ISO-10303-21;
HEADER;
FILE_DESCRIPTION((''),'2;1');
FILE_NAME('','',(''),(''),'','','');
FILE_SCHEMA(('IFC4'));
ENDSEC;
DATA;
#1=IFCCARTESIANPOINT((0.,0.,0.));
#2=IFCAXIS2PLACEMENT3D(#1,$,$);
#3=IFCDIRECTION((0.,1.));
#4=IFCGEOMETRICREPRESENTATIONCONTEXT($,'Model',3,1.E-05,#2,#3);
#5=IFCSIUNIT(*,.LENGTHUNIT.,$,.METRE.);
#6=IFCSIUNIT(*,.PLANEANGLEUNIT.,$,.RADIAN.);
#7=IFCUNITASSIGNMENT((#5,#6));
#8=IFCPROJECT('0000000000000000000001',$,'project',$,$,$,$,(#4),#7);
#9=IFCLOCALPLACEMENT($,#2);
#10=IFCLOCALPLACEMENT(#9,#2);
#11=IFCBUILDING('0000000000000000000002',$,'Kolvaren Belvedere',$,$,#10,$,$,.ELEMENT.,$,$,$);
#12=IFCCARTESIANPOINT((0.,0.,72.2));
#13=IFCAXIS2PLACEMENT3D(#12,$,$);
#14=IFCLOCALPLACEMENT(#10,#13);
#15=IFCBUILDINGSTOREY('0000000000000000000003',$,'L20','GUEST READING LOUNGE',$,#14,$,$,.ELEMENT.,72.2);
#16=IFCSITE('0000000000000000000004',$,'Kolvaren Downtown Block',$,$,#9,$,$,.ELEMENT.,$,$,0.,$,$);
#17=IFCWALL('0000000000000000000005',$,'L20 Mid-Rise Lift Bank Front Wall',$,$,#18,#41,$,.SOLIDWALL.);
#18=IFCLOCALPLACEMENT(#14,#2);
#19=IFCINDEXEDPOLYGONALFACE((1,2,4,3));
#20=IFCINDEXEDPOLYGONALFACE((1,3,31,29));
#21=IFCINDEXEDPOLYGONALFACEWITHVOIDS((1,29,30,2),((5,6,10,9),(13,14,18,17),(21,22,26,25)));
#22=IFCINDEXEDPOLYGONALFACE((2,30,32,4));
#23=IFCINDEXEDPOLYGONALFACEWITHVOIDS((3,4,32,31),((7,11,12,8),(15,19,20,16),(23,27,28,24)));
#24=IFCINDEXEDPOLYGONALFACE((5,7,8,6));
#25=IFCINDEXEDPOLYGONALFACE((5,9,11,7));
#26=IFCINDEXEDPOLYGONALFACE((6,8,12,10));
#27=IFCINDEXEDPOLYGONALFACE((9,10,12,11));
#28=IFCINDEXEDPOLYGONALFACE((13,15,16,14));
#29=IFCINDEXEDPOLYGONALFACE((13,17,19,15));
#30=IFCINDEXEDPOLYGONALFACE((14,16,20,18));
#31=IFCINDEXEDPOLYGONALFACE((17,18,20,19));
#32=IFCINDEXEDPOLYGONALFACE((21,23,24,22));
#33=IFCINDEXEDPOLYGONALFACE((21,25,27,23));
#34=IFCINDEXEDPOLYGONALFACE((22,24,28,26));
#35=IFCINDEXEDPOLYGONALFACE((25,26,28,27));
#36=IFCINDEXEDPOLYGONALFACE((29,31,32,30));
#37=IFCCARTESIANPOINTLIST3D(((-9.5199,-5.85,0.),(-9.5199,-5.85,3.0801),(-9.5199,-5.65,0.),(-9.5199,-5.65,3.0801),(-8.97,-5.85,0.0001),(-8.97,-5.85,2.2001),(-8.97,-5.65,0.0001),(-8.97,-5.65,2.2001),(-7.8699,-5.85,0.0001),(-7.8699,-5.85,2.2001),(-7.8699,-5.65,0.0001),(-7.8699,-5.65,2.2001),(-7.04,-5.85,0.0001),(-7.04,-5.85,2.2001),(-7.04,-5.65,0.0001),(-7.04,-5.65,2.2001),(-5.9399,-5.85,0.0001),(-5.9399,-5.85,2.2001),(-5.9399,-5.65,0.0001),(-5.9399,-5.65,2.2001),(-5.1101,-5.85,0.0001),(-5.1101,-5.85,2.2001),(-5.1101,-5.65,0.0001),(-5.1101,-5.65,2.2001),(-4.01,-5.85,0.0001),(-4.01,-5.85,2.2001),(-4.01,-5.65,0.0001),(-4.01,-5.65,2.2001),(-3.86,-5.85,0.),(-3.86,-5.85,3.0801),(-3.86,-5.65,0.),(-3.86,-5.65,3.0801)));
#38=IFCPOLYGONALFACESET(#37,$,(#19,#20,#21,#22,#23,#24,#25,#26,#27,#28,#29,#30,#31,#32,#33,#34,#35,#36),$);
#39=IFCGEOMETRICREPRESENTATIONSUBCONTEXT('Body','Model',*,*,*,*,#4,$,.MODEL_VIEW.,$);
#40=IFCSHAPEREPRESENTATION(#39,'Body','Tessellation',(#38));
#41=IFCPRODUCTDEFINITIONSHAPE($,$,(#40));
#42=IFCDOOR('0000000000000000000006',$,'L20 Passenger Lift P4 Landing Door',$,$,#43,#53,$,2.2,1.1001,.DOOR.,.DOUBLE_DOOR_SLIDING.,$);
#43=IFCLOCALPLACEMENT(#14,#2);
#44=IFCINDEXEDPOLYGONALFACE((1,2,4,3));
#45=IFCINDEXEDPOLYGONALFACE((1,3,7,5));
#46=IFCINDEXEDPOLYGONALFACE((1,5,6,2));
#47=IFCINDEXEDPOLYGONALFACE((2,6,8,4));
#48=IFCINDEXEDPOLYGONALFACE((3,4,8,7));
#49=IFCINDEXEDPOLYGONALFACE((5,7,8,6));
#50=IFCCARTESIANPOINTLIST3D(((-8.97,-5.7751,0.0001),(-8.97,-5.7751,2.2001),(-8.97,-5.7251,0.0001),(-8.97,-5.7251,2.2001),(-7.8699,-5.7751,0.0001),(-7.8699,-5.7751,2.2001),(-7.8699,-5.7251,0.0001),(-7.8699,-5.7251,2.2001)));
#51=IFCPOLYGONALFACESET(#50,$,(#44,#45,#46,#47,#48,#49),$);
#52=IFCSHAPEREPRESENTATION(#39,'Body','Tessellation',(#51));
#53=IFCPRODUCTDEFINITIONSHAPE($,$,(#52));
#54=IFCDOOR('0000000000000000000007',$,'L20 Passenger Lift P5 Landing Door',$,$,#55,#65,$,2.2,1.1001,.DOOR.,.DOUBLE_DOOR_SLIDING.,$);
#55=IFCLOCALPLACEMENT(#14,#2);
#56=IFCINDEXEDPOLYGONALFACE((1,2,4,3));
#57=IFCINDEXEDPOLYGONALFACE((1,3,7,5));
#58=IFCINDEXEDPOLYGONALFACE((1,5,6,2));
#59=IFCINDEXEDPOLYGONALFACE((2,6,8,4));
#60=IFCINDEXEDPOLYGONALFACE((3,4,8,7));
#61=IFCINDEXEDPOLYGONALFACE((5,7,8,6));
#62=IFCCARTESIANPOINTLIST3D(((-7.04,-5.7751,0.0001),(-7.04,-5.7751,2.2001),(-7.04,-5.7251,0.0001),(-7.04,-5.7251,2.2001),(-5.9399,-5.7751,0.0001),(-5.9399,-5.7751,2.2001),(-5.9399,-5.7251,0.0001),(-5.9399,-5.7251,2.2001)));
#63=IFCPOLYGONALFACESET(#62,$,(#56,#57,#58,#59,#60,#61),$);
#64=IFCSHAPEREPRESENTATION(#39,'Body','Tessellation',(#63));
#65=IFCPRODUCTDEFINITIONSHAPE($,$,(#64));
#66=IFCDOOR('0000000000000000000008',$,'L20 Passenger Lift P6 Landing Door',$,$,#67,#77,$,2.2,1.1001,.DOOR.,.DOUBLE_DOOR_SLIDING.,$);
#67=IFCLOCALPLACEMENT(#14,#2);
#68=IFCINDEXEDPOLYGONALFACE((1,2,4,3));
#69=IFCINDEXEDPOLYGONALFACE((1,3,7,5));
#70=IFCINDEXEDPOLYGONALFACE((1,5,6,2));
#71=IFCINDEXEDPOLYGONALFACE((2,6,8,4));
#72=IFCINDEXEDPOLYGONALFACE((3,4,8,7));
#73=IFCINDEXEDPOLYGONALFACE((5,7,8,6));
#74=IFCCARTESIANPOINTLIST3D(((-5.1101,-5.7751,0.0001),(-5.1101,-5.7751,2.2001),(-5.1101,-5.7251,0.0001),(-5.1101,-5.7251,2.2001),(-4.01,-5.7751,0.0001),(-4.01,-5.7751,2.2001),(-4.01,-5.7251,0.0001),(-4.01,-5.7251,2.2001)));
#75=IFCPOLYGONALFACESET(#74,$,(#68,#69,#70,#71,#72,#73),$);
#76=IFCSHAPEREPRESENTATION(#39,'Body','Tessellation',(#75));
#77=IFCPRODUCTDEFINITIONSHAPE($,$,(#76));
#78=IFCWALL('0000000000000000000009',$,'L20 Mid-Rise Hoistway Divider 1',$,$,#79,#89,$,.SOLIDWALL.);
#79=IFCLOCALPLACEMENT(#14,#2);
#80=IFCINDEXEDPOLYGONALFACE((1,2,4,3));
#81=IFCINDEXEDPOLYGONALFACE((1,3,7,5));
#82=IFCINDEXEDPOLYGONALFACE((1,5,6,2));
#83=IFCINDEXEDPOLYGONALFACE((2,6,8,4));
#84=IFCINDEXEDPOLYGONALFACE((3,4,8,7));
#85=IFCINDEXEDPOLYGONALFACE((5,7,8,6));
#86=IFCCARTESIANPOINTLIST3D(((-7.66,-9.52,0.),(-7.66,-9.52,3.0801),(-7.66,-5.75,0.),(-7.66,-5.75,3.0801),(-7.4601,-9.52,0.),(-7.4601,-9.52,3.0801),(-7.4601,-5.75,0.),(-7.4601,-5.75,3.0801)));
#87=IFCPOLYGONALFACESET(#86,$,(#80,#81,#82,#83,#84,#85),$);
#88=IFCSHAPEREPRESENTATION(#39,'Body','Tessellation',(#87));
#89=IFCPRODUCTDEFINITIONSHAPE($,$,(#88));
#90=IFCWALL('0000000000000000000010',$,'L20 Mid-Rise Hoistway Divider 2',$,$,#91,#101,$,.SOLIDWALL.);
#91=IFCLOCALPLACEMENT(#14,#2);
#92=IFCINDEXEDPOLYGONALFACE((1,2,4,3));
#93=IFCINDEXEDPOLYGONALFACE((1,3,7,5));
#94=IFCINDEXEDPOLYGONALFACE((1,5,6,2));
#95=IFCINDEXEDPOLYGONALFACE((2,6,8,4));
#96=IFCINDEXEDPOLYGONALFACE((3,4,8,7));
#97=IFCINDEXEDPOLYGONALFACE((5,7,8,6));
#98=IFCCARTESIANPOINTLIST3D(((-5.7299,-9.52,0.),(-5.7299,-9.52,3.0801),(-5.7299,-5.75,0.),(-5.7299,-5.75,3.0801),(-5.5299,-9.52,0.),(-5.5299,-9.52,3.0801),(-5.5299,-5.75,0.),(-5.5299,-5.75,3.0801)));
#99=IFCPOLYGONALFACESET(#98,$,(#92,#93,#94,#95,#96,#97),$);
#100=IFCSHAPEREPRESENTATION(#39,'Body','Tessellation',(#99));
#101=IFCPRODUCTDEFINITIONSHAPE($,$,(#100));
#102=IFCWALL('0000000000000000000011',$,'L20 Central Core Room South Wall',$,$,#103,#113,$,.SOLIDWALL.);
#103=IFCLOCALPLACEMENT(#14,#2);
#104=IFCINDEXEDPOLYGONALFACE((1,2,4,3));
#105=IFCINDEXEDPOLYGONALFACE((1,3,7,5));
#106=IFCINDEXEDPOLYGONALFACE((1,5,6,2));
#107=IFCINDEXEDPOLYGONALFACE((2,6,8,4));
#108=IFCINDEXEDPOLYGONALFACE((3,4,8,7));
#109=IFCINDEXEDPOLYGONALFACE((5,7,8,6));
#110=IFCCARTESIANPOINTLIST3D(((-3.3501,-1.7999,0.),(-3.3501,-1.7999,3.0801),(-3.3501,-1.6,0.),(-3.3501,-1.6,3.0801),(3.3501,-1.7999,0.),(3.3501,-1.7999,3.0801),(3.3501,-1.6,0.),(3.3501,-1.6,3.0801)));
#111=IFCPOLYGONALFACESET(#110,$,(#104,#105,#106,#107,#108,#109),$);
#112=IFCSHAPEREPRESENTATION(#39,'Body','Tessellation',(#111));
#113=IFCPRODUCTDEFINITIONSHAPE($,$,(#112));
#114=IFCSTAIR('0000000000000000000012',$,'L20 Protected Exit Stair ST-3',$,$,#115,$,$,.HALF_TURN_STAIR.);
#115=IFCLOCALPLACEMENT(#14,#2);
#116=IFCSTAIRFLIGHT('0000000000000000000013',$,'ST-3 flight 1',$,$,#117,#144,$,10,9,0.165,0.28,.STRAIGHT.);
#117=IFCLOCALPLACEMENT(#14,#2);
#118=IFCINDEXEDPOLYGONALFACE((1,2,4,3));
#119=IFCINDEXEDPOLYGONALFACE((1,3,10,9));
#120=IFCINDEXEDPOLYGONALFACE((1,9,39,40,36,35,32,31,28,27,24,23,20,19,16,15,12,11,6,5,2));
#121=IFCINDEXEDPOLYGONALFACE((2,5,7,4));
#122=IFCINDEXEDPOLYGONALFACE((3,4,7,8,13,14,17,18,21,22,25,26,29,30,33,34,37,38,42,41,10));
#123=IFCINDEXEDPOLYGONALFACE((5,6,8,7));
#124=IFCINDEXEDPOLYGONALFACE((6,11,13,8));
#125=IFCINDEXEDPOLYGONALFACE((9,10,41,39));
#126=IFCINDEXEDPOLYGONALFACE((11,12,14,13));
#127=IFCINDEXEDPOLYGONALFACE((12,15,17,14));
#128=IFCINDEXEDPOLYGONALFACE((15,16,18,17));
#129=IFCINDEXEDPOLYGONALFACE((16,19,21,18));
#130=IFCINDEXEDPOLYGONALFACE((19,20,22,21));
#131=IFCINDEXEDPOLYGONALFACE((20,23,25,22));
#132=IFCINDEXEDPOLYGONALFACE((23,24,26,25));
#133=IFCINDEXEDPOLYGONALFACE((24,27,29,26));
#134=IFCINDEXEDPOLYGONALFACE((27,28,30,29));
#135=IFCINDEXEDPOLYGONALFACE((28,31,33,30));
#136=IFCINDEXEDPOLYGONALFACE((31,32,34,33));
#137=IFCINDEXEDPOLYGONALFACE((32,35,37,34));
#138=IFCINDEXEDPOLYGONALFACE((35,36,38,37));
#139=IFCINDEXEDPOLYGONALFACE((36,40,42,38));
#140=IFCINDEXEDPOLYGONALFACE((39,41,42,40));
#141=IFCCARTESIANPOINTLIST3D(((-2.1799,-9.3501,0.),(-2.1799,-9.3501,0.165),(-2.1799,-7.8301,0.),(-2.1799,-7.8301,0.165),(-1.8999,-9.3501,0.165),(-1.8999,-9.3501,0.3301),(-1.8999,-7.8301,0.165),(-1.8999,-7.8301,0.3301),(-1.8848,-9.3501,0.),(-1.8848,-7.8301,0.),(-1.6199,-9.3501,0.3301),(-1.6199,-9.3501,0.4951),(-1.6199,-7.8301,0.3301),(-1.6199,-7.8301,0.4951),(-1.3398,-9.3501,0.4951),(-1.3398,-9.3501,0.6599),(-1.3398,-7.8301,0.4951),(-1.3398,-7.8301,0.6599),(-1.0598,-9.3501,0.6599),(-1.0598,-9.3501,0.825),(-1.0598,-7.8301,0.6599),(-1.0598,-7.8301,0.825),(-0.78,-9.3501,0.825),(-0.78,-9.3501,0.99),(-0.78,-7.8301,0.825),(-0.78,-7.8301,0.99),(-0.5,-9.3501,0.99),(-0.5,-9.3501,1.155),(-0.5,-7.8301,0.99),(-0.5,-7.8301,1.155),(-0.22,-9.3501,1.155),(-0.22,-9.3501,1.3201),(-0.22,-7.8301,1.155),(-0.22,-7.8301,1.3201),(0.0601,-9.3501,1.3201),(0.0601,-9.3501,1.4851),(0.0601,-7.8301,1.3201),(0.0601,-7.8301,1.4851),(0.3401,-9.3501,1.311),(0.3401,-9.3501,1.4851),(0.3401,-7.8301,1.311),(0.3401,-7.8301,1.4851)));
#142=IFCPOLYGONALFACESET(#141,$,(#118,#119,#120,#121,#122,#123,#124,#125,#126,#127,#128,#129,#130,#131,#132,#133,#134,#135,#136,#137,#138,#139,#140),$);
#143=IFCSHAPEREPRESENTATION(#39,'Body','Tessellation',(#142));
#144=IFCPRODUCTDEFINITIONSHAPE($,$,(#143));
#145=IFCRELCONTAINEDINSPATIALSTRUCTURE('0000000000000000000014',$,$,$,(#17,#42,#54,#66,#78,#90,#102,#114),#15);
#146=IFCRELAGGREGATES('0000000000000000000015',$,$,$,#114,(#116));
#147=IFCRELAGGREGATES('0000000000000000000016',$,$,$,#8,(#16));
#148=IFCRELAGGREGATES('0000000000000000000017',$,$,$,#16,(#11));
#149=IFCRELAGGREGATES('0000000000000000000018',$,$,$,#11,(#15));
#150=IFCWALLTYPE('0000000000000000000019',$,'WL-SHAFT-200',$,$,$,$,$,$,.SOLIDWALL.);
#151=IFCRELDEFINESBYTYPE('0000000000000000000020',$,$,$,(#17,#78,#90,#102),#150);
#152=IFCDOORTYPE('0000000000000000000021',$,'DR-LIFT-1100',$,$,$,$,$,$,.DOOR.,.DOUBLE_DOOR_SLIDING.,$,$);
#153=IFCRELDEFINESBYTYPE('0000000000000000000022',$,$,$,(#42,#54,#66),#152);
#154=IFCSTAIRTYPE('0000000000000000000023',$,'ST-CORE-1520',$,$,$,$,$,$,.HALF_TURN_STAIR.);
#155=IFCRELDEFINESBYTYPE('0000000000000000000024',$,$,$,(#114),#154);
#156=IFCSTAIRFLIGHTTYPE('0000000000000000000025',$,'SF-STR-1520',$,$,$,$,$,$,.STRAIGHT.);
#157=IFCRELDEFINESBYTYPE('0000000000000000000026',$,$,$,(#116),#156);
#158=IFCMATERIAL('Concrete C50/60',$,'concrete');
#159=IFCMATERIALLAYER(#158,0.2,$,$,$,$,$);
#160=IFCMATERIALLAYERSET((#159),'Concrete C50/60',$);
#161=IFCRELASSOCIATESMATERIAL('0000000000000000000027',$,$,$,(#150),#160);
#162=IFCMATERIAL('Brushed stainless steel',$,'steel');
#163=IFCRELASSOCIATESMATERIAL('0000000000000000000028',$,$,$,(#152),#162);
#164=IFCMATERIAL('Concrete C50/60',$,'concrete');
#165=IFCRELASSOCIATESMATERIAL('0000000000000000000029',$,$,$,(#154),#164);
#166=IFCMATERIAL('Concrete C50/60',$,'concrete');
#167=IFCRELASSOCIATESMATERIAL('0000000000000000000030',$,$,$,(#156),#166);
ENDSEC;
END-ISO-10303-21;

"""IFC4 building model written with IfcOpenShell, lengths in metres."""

from ifc_helpers import new_model, si_unit, direction, frame, frame_2d, origin, place, context, subcontext, project, spatial, polyline, rectangle, outline, extrude, material, layer, layer_set, type_object, element, fill, aggregate, save


model = new_model("IFC4")

# Units and contexts
model_context = context("Model", 3, precision=1e-05, world=origin(), true_north=direction((0.0, 1.0)))
body_context = subcontext(model_context, "Body", "Model", "MODEL_VIEW")
ifc_project = project(units=[si_unit("LENGTHUNIT", "METRE"), si_unit("PLANEANGLEUNIT", "RADIAN")], contexts=[model_context])

# Site, building, storey
site_placement = place(None, origin())
site = spatial("IfcSite", under=ifc_project, at=site_placement, Name="Kolvaren Downtown Block", CompositionType="ELEMENT", RefElevation=0.0)
building_placement = place(site_placement, origin())
building = spatial("IfcBuilding", under=site, at=building_placement, Name="Kolvaren Belvedere", CompositionType="ELEMENT")
storey_placement = place(building_placement, frame((0.0, 0.0, 72.2)))
storey = spatial("IfcBuildingStorey", under=building, at=storey_placement, Name="L20", Description="GUEST READING LOUNGE", CompositionType="ELEMENT", Elevation=72.2)

# Shared definitions
ifc_material_1 = material(Name="Concrete C50/60", Category="concrete")
ifc_layer_1 = layer(ifc_material_1, 0.2)
ifc_layer_set_1 = layer_set([ifc_layer_1], Name="Concrete C50/60")
wall_type_1 = type_object("IfcWallType", Name="WL-SHAFT-200", PredefinedType="SOLIDWALL", material=ifc_layer_set_1)
ifc_material_2 = material(Name="Brushed stainless steel", Category="steel")
door_type_1 = type_object("IfcDoorType", Name="DR-LIFT-1100", OperationType="DOUBLE_DOOR_SLIDING", PredefinedType="DOOR", material=ifc_material_2)

# Wall, openings, doors
wall_1_placement = place(storey_placement, frame((-9.52, -5.75, 0.0), z_axis=(0.0, 0.0, 1.0), x_axis=(1.0, 0.0, 0.0)))
wall_1 = element("IfcWall", 1, at=wall_1_placement, inside=storey, type_object=wall_type_1, Name="L20 Mid-Rise Lift Bank Front Wall", PredefinedType="SOLIDWALL", context=body_context, shape_type="SweptSolid", body=[
    extrude(rectangle(XDim=5.6599, YDim=0.2, at=frame_2d((2.8301, 0.0))), origin(), (0.0, 0.0, 1.0), 3.0801),
])
opening_1_placement = place(wall_1_placement, frame((0.55, 0.0, 0.0)))
opening_1 = element("IfcOpeningElement", 2, at=opening_1_placement, cuts=wall_1, PredefinedType="OPENING", context=body_context, shape_type="SweptSolid", body=[
    extrude(rectangle(XDim=1.1001, YDim=2.2, at=frame_2d((0.55, 1.1001))), frame((0.0, 0.1099, 0.0), z_axis=(0.0, -1.0, 0.0), x_axis=(1.0, 0.0, 0.0)), (0.0, 0.0, 1.0), 0.22),
])
opening_2_placement = place(wall_1_placement, frame((2.48, 0.0, 0.0)))
opening_2 = element("IfcOpeningElement", 3, at=opening_2_placement, cuts=wall_1, PredefinedType="OPENING", context=body_context, shape_type="SweptSolid", body=[
    extrude(rectangle(XDim=1.1001, YDim=2.2, at=frame_2d((0.55, 1.1001))), frame((0.0, 0.1099, 0.0), z_axis=(0.0, -1.0, 0.0), x_axis=(1.0, 0.0, 0.0)), (0.0, 0.0, 1.0), 0.22),
])
opening_3_placement = place(wall_1_placement, frame((4.4099, 0.0, 0.0)))
opening_3 = element("IfcOpeningElement", 4, at=opening_3_placement, cuts=wall_1, PredefinedType="OPENING", context=body_context, shape_type="SweptSolid", body=[
    extrude(rectangle(XDim=1.1001, YDim=2.2, at=frame_2d((0.55, 1.1001))), frame((0.0, 0.1099, 0.0), z_axis=(0.0, -1.0, 0.0), x_axis=(1.0, 0.0, 0.0)), (0.0, 0.0, 1.0), 0.22),
])
door_1_placement = place(opening_1_placement, origin())
door_1 = element("IfcDoor", 5, at=door_1_placement, inside=storey, type_object=door_type_1, Name="L20 Passenger Lift P4 Landing Door", OperationType="DOUBLE_DOOR_SLIDING", OverallHeight=2.2, OverallWidth=1.1001, PredefinedType="DOOR", context=body_context, shape_type="SweptSolid", body=[
    extrude(rectangle(XDim=1.1001, YDim=2.2, at=frame_2d((0.55, 1.1001))), frame((0.0, 0.0249, 0.0), z_axis=(0.0, -1.0, 0.0), x_axis=(1.0, 0.0, 0.0)), (0.0, 0.0, 1.0), 0.05),
])
fill(opening_1, door_1)
door_2_placement = place(opening_2_placement, origin())
door_2 = element("IfcDoor", 6, at=door_2_placement, inside=storey, type_object=door_type_1, Name="L20 Passenger Lift P5 Landing Door", OperationType="DOUBLE_DOOR_SLIDING", OverallHeight=2.2, OverallWidth=1.1001, PredefinedType="DOOR", context=body_context, shape_type="SweptSolid", body=[
    extrude(rectangle(XDim=1.1001, YDim=2.2, at=frame_2d((0.55, 1.1001))), frame((0.0, 0.0249, 0.0), z_axis=(0.0, -1.0, 0.0), x_axis=(1.0, 0.0, 0.0)), (0.0, 0.0, 1.0), 0.05),
])
fill(opening_2, door_2)
door_3_placement = place(opening_3_placement, origin())
door_3 = element("IfcDoor", 7, at=door_3_placement, inside=storey, type_object=door_type_1, Name="L20 Passenger Lift P6 Landing Door", OperationType="DOUBLE_DOOR_SLIDING", OverallHeight=2.2, OverallWidth=1.1001, PredefinedType="DOOR", context=body_context, shape_type="SweptSolid", body=[
    extrude(rectangle(XDim=1.1001, YDim=2.2, at=frame_2d((0.55, 1.1001))), frame((0.0, 0.0249, 0.0), z_axis=(0.0, -1.0, 0.0), x_axis=(1.0, 0.0, 0.0)), (0.0, 0.0, 1.0), 0.05),
])
fill(opening_3, door_3)

# Walls
for number, where, z_axis, x_axis, name in (
    (8, (-7.5601, -9.52, 0.0), (0.0, 0.0, 1.0), (0.0, 1.0, 0.0), "L20 Mid-Rise Hoistway Divider 1"),
    (9, (-5.6299, -9.52, 0.0), (0.0, 0.0, 1.0), (0.0, 1.0, 0.0), "L20 Mid-Rise Hoistway Divider 2"),
):
    element("IfcWall", number, at=place(storey_placement, frame(where, z_axis=z_axis, x_axis=x_axis)), inside=storey, type_object=wall_type_1, Name=name, PredefinedType="SOLIDWALL", context=body_context, shape_type="SweptSolid", body=[
        extrude(rectangle(XDim=3.77, YDim=0.2, at=frame_2d((1.885, 0.0))), origin(), (0.0, 0.0, 1.0), 3.0801),
    ])
wall_2_placement = place(storey_placement, frame((-3.3501, -1.7, 0.0), z_axis=(0.0, 0.0, 1.0), x_axis=(1.0, 0.0, 0.0)))
element("IfcWall", 10, at=wall_2_placement, inside=storey, type_object=wall_type_1, Name="L20 Central Core Room South Wall", PredefinedType="SOLIDWALL", context=body_context, shape_type="SweptSolid", body=[
    extrude(rectangle(XDim=6.7002, YDim=0.2, at=frame_2d((3.3501, 0.0))), origin(), (0.0, 0.0, 1.0), 3.0801),
])

# Stair, stair flight
ifc_material_3 = material(Name="Concrete C50/60", Category="concrete")
stair_type = type_object("IfcStairType", Name="ST-CORE-1520", PredefinedType="HALF_TURN_STAIR", material=ifc_material_3)
stair_placement = place(storey_placement, origin())
stair = element("IfcStair", 11, at=stair_placement, inside=storey, type_object=stair_type, Name="L20 Protected Exit Stair ST-3", PredefinedType="HALF_TURN_STAIR")
ifc_material_4 = material(Name="Concrete C50/60", Category="concrete")
stair_flight_type = type_object("IfcStairFlightType", Name="SF-STR-1520", PredefinedType="STRAIGHT", material=ifc_material_4)
stair_flight_placement = place(storey_placement, frame((-2.1799, -8.5901, 0.0), z_axis=(0.0, 0.0, 1.0), x_axis=(1.0, 0.0, 0.0)))
stair_flight = element("IfcStairFlight", 12, at=stair_flight_placement, type_object=stair_flight_type, Name="ST-3 flight 1", NumberOfRisers=10, NumberOfTreads=9, PredefinedType="STRAIGHT", RiserHeight=0.165, TreadLength=0.28, context=body_context, shape_type="SweptSolid", body=[
    extrude(outline(polyline([(0.0, 0.0), (0.0, 0.165), (0.28, 0.165), (0.28, 0.3301), (0.5601, 0.3301), (0.5601, 0.4951), (0.8401, 0.4951), (0.8401, 0.6599), (1.1201, 0.6599), (1.1201, 0.825), (1.3999, 0.825), (1.3999, 0.99), (1.6799, 0.99), (1.6799, 1.155), (1.96, 1.155), (1.96, 1.3201), (2.24, 1.3201), (2.24, 1.4851), (2.52, 1.4851), (2.52, 1.6499), (2.52, 1.311), (0.2952, 0.0), (0.0, 0.0)])), frame((0.0, 0.76, 0.0), z_axis=(0.0, -1.0, 0.0), x_axis=(1.0, 0.0, 0.0)), (0.0, 0.0, 1.0), 1.52),
])
aggregate(stair, [stair_flight])

save(model, "model.ifc")
